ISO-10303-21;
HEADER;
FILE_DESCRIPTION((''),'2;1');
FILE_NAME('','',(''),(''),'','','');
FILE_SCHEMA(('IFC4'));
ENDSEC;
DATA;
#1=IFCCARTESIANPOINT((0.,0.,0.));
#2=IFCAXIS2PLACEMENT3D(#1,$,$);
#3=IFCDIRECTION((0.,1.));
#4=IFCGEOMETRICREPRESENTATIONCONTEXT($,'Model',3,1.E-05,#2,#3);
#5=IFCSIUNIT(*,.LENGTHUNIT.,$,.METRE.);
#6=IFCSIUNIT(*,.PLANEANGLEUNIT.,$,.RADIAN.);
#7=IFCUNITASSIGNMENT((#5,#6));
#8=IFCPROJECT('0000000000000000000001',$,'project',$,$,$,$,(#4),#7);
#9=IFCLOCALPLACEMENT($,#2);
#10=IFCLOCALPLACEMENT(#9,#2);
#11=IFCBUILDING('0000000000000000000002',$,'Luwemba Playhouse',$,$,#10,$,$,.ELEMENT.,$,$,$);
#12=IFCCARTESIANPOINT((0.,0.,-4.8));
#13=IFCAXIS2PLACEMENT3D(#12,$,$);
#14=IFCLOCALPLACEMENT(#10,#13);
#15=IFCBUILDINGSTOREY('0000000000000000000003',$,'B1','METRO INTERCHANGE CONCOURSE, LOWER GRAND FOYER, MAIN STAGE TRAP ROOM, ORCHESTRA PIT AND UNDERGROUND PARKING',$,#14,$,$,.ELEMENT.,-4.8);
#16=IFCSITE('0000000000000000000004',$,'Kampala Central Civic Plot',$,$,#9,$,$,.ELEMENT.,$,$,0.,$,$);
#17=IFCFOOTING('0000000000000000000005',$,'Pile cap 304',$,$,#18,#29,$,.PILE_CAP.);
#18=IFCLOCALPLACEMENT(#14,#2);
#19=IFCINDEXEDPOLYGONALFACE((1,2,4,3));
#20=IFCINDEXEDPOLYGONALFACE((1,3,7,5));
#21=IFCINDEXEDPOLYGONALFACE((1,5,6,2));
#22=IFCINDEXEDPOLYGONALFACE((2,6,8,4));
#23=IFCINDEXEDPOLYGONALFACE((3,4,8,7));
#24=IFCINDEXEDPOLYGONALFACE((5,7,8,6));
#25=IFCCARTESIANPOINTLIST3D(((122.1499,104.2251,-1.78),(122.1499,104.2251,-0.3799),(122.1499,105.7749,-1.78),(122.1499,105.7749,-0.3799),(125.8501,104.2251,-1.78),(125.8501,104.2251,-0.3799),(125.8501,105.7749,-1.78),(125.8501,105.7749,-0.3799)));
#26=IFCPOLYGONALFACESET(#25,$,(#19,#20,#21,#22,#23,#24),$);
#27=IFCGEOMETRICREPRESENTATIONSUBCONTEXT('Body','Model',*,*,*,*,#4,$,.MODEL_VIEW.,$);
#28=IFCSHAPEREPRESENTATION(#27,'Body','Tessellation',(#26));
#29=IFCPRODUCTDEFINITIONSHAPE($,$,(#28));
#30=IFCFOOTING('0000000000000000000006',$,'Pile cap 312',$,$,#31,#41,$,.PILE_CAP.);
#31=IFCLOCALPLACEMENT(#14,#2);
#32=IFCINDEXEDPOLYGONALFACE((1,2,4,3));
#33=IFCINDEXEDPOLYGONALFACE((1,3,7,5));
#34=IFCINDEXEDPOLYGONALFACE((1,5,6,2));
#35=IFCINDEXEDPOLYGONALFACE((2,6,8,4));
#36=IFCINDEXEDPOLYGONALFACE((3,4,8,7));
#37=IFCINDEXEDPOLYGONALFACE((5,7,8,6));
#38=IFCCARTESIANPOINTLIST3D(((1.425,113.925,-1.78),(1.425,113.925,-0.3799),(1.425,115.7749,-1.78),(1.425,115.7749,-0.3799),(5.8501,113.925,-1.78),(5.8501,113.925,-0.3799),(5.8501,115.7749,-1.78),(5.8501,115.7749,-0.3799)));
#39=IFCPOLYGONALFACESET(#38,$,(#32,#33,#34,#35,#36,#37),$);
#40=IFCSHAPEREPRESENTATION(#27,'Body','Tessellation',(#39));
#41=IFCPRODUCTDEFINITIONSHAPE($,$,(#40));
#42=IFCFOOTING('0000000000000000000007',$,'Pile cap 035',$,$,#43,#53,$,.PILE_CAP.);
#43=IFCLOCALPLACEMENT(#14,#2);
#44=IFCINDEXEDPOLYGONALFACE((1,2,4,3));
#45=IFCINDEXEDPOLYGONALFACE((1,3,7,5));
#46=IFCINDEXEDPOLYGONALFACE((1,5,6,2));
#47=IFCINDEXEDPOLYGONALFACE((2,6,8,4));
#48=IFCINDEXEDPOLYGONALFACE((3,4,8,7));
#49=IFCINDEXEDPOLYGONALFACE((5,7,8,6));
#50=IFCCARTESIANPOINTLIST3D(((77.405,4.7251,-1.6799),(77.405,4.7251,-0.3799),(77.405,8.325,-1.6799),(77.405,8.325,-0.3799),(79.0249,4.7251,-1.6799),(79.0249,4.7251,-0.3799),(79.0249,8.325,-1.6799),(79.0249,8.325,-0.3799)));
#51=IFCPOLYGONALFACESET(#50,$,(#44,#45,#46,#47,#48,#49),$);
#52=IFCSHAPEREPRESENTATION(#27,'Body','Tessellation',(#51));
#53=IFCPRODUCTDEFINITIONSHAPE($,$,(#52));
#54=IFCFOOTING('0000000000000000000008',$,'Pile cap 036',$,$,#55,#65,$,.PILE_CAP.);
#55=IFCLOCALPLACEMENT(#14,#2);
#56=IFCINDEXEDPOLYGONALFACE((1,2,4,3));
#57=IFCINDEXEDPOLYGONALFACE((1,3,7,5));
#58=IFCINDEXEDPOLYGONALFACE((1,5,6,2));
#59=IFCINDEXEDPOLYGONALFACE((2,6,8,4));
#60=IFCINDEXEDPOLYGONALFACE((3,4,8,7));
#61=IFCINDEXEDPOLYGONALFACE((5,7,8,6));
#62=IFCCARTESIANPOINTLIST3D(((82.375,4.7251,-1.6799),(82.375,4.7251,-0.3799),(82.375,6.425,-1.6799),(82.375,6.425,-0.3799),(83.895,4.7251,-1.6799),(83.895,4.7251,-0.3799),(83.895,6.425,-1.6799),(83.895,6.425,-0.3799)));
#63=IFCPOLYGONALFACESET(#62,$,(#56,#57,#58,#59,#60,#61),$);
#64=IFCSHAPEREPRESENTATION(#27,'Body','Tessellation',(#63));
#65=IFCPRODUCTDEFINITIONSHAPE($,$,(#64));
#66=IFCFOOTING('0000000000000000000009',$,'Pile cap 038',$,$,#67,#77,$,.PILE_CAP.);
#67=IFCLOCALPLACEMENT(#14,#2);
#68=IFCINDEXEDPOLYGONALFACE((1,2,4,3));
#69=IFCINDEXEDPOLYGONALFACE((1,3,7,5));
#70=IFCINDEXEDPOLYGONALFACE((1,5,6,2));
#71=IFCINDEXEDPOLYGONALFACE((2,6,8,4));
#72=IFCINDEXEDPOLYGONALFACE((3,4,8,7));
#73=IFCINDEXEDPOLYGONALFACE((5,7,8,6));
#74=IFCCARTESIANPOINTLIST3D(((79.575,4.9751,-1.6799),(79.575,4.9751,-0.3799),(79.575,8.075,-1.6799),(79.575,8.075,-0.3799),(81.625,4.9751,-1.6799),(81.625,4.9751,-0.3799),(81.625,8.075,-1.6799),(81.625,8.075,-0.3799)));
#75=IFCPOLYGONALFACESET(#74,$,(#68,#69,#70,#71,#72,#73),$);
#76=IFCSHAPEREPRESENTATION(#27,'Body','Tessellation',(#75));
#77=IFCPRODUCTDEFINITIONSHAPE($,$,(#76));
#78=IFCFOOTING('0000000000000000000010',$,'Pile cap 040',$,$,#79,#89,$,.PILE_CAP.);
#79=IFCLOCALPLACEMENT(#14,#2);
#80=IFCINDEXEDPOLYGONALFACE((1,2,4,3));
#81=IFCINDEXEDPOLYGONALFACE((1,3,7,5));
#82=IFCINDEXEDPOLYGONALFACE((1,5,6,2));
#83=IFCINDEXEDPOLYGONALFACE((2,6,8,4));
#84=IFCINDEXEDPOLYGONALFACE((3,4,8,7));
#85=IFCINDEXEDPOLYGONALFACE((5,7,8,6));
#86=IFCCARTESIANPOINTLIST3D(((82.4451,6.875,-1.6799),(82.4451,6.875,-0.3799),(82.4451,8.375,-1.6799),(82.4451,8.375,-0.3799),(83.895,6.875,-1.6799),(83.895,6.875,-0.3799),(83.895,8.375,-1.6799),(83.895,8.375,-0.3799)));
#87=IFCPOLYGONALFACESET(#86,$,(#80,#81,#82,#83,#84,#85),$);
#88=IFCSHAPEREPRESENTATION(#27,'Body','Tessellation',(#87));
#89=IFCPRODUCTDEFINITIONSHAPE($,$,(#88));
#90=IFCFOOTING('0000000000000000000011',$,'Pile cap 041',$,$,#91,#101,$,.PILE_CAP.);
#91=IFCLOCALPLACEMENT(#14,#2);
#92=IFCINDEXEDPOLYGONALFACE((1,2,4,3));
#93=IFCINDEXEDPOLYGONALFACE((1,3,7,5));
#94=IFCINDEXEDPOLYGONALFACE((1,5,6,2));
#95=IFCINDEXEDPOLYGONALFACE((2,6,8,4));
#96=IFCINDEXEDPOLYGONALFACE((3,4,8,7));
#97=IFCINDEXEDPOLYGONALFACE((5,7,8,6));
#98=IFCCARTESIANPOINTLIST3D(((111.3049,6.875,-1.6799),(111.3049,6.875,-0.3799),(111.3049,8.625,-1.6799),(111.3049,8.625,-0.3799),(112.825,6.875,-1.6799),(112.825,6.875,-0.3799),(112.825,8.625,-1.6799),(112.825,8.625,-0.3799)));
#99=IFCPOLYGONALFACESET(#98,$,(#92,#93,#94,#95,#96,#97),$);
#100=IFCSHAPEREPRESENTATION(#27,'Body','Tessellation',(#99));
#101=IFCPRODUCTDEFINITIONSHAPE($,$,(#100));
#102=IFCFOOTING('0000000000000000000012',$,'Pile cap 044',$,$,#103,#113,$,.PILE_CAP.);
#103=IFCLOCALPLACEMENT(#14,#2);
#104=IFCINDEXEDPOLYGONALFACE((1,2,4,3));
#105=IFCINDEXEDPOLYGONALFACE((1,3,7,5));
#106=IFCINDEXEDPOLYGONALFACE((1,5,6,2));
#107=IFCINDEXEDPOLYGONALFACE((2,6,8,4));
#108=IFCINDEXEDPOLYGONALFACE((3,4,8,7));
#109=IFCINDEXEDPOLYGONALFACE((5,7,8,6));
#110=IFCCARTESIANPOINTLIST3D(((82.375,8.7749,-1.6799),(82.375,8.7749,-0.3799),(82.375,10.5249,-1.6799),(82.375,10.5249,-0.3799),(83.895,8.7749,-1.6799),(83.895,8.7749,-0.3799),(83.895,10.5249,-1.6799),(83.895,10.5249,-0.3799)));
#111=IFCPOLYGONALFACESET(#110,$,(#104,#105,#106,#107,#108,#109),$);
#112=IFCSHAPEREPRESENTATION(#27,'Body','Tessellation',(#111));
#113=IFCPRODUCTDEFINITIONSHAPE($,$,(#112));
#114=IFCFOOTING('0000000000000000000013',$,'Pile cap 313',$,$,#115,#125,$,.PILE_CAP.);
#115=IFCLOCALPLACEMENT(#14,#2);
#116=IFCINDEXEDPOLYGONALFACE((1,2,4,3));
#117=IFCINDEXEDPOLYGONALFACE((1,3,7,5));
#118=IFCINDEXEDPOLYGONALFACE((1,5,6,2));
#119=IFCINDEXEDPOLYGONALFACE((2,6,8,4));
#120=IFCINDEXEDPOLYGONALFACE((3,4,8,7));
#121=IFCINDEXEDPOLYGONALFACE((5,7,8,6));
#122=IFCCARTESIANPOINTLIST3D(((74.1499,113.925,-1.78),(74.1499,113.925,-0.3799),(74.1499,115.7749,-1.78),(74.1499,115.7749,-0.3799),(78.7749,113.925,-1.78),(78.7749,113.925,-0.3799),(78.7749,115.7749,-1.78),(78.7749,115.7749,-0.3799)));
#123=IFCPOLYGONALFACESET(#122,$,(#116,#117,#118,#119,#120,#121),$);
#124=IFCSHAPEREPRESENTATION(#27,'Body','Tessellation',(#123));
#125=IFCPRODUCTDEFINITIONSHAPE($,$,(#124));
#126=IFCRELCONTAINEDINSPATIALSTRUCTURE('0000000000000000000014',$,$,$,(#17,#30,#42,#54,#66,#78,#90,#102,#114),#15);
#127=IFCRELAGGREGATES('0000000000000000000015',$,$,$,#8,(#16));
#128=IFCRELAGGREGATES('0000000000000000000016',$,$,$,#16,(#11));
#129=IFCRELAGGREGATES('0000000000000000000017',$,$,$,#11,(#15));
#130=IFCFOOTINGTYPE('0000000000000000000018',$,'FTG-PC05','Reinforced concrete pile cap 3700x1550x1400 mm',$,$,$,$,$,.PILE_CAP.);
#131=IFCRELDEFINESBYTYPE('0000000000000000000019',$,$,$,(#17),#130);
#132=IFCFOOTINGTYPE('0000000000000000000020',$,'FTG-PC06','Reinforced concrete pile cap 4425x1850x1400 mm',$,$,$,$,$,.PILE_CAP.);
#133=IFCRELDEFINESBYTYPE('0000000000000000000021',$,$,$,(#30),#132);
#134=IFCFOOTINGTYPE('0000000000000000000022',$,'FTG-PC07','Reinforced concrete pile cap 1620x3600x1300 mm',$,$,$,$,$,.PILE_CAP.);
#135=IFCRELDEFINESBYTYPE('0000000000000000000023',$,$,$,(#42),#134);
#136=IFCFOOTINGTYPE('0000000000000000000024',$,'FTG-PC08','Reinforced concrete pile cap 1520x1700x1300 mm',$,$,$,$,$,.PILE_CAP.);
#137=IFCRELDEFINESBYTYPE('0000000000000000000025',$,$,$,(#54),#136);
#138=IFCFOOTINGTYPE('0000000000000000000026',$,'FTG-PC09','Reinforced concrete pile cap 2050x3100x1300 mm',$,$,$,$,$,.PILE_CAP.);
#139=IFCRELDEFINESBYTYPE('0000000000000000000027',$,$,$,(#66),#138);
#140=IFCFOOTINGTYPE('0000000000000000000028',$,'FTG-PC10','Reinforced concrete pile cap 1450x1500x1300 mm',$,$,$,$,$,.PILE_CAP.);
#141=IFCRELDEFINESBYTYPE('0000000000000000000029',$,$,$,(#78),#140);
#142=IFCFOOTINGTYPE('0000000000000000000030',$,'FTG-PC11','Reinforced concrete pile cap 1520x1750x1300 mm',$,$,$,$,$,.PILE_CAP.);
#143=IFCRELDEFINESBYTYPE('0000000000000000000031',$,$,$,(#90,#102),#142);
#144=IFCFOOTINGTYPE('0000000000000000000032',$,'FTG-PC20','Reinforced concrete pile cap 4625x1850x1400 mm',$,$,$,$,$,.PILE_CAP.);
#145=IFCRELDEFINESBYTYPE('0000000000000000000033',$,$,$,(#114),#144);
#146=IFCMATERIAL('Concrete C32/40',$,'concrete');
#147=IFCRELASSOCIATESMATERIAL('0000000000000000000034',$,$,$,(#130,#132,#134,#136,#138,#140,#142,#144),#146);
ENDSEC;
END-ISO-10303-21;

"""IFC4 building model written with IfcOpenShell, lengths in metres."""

from ifc_helpers import new_model, si_unit, direction, frame, origin, place, context, subcontext, project, spatial, polyline, outline, extrude, material, type_object, element, save


model = new_model("IFC4")

# Units and contexts
model_context = context("Model", 3, precision=1e-05, world=origin(), true_north=direction((0.0, 1.0)))
body_context = subcontext(model_context, "Body", "Model", "MODEL_VIEW")
ifc_project = project(units=[si_unit("LENGTHUNIT", "METRE"), si_unit("PLANEANGLEUNIT", "RADIAN")], contexts=[model_context])

# Site, building, storey
site_placement = place(None, origin())
site = spatial("IfcSite", under=ifc_project, at=site_placement, Name="Kampala Central Civic Plot", CompositionType="ELEMENT", RefElevation=0.0)
building_placement = place(site_placement, origin())
building = spatial("IfcBuilding", under=site, at=building_placement, Name="Luwemba Playhouse", CompositionType="ELEMENT")
storey_placement = place(building_placement, frame((0.0, 0.0, -4.8)))
storey = spatial("IfcBuildingStorey", under=building, at=storey_placement, Name="B1", Description="METRO INTERCHANGE CONCOURSE, LOWER GRAND FOYER, MAIN STAGE TRAP ROOM, ORCHESTRA PIT AND UNDERGROUND PARKING", CompositionType="ELEMENT", Elevation=-4.8)

# Footings
ifc_material = material(Name="Concrete C32/40", Category="concrete")
footing_type_1 = type_object("IfcFootingType", Name="FTG-PC05", Description="Reinforced concrete pile cap 3700x1550x1400 mm", PredefinedType="PILE_CAP", material=ifc_material)
footing_1_placement = place(storey_placement, frame((0.0, 0.0, -1.78)))
element("IfcFooting", 1, at=footing_1_placement, inside=storey, type_object=footing_type_1, Name="Pile cap 304", PredefinedType="PILE_CAP", context=body_context, shape_type="SweptSolid", body=[
    extrude(outline(polyline([(122.1499, 104.2251), (125.8501, 104.2251), (125.8501, 105.7749), (122.1499, 105.7749), (122.1499, 104.2251)])), origin(), (0.0, 0.0, 1.0), 1.4001),
])
footing_type_2 = type_object("IfcFootingType", Name="FTG-PC06", Description="Reinforced concrete pile cap 4425x1850x1400 mm", PredefinedType="PILE_CAP", material=ifc_material)
footing_2_placement = place(storey_placement, frame((0.0, 0.0, -1.78)))
element("IfcFooting", 2, at=footing_2_placement, inside=storey, type_object=footing_type_2, Name="Pile cap 312", PredefinedType="PILE_CAP", context=body_context, shape_type="SweptSolid", body=[
    extrude(outline(polyline([(1.425, 113.925), (5.8501, 113.925), (5.8501, 115.7749), (1.425, 115.7749), (1.425, 113.925)])), origin(), (0.0, 0.0, 1.0), 1.4001),
])
footing_type_3 = type_object("IfcFootingType", Name="FTG-PC07", Description="Reinforced concrete pile cap 1620x3600x1300 mm", PredefinedType="PILE_CAP", material=ifc_material)
footing_3_placement = place(storey_placement, frame((0.0, 0.0, -1.6799)))
element("IfcFooting", 3, at=footing_3_placement, inside=storey, type_object=footing_type_3, Name="Pile cap 035", PredefinedType="PILE_CAP", context=body_context, shape_type="SweptSolid", body=[
    extrude(outline(polyline([(77.405, 4.7251), (79.0249, 4.7251), (79.0249, 8.325), (77.405, 8.325), (77.405, 4.7251)])), origin(), (0.0, 0.0, 1.0), 1.3),
])
footing_type_4 = type_object("IfcFootingType", Name="FTG-PC08", Description="Reinforced concrete pile cap 1520x1700x1300 mm", PredefinedType="PILE_CAP", material=ifc_material)
footing_4_placement = place(storey_placement, frame((0.0, 0.0, -1.6799)))
element("IfcFooting", 4, at=footing_4_placement, inside=storey, type_object=footing_type_4, Name="Pile cap 036", PredefinedType="PILE_CAP", context=body_context, shape_type="SweptSolid", body=[
    extrude(outline(polyline([(82.375, 4.7251), (83.895, 4.7251), (83.895, 6.425), (82.375, 6.425), (82.375, 4.7251)])), origin(), (0.0, 0.0, 1.0), 1.3),
])
footing_type_5 = type_object("IfcFootingType", Name="FTG-PC09", Description="Reinforced concrete pile cap 2050x3100x1300 mm", PredefinedType="PILE_CAP", material=ifc_material)
footing_5_placement = place(storey_placement, frame((0.0, 0.0, -1.6799)))
element("IfcFooting", 5, at=footing_5_placement, inside=storey, type_object=footing_type_5, Name="Pile cap 038", PredefinedType="PILE_CAP", context=body_context, shape_type="SweptSolid", body=[
    extrude(outline(polyline([(79.575, 4.9751), (81.625, 4.9751), (81.625, 8.075), (79.575, 8.075), (79.575, 4.9751)])), origin(), (0.0, 0.0, 1.0), 1.3),
])
footing_type_6 = type_object("IfcFootingType", Name="FTG-PC10", Description="Reinforced concrete pile cap 1450x1500x1300 mm", PredefinedType="PILE_CAP", material=ifc_material)
footing_6_placement = place(storey_placement, frame((0.0, 0.0, -1.6799)))
element("IfcFooting", 6, at=footing_6_placement, inside=storey, type_object=footing_type_6, Name="Pile cap 040", PredefinedType="PILE_CAP", context=body_context, shape_type="SweptSolid", body=[
    extrude(outline(polyline([(82.4451, 6.875), (83.895, 6.875), (83.895, 8.375), (82.4451, 8.375), (82.4451, 6.875)])), origin(), (0.0, 0.0, 1.0), 1.3),
])
footing_type_7 = type_object("IfcFootingType", Name="FTG-PC11", Description="Reinforced concrete pile cap 1520x1750x1300 mm", PredefinedType="PILE_CAP", material=ifc_material)
footing_7_placement = place(storey_placement, frame((0.0, 0.0, -1.6799)))
element("IfcFooting", 7, at=footing_7_placement, inside=storey, type_object=footing_type_7, Name="Pile cap 041", PredefinedType="PILE_CAP", context=body_context, shape_type="SweptSolid", body=[
    extrude(outline(polyline([(111.3049, 6.875), (112.825, 6.875), (112.825, 8.625), (111.3049, 8.625), (111.3049, 6.875)])), origin(), (0.0, 0.0, 1.0), 1.3),
])
footing_8_placement = place(storey_placement, frame((0.0, 0.0, -1.6799)))
element("IfcFooting", 8, at=footing_8_placement, inside=storey, type_object=footing_type_7, Name="Pile cap 044", PredefinedType="PILE_CAP", context=body_context, shape_type="SweptSolid", body=[
    extrude(outline(polyline([(82.375, 8.7749), (83.895, 8.7749), (83.895, 10.5249), (82.375, 10.5249), (82.375, 8.7749)])), origin(), (0.0, 0.0, 1.0), 1.3),
])
footing_type_8 = type_object("IfcFootingType", Name="FTG-PC20", Description="Reinforced concrete pile cap 4625x1850x1400 mm", PredefinedType="PILE_CAP", material=ifc_material)
footing_9_placement = place(storey_placement, frame((0.0, 0.0, -1.78)))
element("IfcFooting", 9, at=footing_9_placement, inside=storey, type_object=footing_type_8, Name="Pile cap 313", PredefinedType="PILE_CAP", context=body_context, shape_type="SweptSolid", body=[
    extrude(outline(polyline([(74.1499, 113.925), (78.7749, 113.925), (78.7749, 115.7749), (74.1499, 115.7749), (74.1499, 113.925)])), origin(), (0.0, 0.0, 1.0), 1.4001),
])

save(model, "model.ifc")
